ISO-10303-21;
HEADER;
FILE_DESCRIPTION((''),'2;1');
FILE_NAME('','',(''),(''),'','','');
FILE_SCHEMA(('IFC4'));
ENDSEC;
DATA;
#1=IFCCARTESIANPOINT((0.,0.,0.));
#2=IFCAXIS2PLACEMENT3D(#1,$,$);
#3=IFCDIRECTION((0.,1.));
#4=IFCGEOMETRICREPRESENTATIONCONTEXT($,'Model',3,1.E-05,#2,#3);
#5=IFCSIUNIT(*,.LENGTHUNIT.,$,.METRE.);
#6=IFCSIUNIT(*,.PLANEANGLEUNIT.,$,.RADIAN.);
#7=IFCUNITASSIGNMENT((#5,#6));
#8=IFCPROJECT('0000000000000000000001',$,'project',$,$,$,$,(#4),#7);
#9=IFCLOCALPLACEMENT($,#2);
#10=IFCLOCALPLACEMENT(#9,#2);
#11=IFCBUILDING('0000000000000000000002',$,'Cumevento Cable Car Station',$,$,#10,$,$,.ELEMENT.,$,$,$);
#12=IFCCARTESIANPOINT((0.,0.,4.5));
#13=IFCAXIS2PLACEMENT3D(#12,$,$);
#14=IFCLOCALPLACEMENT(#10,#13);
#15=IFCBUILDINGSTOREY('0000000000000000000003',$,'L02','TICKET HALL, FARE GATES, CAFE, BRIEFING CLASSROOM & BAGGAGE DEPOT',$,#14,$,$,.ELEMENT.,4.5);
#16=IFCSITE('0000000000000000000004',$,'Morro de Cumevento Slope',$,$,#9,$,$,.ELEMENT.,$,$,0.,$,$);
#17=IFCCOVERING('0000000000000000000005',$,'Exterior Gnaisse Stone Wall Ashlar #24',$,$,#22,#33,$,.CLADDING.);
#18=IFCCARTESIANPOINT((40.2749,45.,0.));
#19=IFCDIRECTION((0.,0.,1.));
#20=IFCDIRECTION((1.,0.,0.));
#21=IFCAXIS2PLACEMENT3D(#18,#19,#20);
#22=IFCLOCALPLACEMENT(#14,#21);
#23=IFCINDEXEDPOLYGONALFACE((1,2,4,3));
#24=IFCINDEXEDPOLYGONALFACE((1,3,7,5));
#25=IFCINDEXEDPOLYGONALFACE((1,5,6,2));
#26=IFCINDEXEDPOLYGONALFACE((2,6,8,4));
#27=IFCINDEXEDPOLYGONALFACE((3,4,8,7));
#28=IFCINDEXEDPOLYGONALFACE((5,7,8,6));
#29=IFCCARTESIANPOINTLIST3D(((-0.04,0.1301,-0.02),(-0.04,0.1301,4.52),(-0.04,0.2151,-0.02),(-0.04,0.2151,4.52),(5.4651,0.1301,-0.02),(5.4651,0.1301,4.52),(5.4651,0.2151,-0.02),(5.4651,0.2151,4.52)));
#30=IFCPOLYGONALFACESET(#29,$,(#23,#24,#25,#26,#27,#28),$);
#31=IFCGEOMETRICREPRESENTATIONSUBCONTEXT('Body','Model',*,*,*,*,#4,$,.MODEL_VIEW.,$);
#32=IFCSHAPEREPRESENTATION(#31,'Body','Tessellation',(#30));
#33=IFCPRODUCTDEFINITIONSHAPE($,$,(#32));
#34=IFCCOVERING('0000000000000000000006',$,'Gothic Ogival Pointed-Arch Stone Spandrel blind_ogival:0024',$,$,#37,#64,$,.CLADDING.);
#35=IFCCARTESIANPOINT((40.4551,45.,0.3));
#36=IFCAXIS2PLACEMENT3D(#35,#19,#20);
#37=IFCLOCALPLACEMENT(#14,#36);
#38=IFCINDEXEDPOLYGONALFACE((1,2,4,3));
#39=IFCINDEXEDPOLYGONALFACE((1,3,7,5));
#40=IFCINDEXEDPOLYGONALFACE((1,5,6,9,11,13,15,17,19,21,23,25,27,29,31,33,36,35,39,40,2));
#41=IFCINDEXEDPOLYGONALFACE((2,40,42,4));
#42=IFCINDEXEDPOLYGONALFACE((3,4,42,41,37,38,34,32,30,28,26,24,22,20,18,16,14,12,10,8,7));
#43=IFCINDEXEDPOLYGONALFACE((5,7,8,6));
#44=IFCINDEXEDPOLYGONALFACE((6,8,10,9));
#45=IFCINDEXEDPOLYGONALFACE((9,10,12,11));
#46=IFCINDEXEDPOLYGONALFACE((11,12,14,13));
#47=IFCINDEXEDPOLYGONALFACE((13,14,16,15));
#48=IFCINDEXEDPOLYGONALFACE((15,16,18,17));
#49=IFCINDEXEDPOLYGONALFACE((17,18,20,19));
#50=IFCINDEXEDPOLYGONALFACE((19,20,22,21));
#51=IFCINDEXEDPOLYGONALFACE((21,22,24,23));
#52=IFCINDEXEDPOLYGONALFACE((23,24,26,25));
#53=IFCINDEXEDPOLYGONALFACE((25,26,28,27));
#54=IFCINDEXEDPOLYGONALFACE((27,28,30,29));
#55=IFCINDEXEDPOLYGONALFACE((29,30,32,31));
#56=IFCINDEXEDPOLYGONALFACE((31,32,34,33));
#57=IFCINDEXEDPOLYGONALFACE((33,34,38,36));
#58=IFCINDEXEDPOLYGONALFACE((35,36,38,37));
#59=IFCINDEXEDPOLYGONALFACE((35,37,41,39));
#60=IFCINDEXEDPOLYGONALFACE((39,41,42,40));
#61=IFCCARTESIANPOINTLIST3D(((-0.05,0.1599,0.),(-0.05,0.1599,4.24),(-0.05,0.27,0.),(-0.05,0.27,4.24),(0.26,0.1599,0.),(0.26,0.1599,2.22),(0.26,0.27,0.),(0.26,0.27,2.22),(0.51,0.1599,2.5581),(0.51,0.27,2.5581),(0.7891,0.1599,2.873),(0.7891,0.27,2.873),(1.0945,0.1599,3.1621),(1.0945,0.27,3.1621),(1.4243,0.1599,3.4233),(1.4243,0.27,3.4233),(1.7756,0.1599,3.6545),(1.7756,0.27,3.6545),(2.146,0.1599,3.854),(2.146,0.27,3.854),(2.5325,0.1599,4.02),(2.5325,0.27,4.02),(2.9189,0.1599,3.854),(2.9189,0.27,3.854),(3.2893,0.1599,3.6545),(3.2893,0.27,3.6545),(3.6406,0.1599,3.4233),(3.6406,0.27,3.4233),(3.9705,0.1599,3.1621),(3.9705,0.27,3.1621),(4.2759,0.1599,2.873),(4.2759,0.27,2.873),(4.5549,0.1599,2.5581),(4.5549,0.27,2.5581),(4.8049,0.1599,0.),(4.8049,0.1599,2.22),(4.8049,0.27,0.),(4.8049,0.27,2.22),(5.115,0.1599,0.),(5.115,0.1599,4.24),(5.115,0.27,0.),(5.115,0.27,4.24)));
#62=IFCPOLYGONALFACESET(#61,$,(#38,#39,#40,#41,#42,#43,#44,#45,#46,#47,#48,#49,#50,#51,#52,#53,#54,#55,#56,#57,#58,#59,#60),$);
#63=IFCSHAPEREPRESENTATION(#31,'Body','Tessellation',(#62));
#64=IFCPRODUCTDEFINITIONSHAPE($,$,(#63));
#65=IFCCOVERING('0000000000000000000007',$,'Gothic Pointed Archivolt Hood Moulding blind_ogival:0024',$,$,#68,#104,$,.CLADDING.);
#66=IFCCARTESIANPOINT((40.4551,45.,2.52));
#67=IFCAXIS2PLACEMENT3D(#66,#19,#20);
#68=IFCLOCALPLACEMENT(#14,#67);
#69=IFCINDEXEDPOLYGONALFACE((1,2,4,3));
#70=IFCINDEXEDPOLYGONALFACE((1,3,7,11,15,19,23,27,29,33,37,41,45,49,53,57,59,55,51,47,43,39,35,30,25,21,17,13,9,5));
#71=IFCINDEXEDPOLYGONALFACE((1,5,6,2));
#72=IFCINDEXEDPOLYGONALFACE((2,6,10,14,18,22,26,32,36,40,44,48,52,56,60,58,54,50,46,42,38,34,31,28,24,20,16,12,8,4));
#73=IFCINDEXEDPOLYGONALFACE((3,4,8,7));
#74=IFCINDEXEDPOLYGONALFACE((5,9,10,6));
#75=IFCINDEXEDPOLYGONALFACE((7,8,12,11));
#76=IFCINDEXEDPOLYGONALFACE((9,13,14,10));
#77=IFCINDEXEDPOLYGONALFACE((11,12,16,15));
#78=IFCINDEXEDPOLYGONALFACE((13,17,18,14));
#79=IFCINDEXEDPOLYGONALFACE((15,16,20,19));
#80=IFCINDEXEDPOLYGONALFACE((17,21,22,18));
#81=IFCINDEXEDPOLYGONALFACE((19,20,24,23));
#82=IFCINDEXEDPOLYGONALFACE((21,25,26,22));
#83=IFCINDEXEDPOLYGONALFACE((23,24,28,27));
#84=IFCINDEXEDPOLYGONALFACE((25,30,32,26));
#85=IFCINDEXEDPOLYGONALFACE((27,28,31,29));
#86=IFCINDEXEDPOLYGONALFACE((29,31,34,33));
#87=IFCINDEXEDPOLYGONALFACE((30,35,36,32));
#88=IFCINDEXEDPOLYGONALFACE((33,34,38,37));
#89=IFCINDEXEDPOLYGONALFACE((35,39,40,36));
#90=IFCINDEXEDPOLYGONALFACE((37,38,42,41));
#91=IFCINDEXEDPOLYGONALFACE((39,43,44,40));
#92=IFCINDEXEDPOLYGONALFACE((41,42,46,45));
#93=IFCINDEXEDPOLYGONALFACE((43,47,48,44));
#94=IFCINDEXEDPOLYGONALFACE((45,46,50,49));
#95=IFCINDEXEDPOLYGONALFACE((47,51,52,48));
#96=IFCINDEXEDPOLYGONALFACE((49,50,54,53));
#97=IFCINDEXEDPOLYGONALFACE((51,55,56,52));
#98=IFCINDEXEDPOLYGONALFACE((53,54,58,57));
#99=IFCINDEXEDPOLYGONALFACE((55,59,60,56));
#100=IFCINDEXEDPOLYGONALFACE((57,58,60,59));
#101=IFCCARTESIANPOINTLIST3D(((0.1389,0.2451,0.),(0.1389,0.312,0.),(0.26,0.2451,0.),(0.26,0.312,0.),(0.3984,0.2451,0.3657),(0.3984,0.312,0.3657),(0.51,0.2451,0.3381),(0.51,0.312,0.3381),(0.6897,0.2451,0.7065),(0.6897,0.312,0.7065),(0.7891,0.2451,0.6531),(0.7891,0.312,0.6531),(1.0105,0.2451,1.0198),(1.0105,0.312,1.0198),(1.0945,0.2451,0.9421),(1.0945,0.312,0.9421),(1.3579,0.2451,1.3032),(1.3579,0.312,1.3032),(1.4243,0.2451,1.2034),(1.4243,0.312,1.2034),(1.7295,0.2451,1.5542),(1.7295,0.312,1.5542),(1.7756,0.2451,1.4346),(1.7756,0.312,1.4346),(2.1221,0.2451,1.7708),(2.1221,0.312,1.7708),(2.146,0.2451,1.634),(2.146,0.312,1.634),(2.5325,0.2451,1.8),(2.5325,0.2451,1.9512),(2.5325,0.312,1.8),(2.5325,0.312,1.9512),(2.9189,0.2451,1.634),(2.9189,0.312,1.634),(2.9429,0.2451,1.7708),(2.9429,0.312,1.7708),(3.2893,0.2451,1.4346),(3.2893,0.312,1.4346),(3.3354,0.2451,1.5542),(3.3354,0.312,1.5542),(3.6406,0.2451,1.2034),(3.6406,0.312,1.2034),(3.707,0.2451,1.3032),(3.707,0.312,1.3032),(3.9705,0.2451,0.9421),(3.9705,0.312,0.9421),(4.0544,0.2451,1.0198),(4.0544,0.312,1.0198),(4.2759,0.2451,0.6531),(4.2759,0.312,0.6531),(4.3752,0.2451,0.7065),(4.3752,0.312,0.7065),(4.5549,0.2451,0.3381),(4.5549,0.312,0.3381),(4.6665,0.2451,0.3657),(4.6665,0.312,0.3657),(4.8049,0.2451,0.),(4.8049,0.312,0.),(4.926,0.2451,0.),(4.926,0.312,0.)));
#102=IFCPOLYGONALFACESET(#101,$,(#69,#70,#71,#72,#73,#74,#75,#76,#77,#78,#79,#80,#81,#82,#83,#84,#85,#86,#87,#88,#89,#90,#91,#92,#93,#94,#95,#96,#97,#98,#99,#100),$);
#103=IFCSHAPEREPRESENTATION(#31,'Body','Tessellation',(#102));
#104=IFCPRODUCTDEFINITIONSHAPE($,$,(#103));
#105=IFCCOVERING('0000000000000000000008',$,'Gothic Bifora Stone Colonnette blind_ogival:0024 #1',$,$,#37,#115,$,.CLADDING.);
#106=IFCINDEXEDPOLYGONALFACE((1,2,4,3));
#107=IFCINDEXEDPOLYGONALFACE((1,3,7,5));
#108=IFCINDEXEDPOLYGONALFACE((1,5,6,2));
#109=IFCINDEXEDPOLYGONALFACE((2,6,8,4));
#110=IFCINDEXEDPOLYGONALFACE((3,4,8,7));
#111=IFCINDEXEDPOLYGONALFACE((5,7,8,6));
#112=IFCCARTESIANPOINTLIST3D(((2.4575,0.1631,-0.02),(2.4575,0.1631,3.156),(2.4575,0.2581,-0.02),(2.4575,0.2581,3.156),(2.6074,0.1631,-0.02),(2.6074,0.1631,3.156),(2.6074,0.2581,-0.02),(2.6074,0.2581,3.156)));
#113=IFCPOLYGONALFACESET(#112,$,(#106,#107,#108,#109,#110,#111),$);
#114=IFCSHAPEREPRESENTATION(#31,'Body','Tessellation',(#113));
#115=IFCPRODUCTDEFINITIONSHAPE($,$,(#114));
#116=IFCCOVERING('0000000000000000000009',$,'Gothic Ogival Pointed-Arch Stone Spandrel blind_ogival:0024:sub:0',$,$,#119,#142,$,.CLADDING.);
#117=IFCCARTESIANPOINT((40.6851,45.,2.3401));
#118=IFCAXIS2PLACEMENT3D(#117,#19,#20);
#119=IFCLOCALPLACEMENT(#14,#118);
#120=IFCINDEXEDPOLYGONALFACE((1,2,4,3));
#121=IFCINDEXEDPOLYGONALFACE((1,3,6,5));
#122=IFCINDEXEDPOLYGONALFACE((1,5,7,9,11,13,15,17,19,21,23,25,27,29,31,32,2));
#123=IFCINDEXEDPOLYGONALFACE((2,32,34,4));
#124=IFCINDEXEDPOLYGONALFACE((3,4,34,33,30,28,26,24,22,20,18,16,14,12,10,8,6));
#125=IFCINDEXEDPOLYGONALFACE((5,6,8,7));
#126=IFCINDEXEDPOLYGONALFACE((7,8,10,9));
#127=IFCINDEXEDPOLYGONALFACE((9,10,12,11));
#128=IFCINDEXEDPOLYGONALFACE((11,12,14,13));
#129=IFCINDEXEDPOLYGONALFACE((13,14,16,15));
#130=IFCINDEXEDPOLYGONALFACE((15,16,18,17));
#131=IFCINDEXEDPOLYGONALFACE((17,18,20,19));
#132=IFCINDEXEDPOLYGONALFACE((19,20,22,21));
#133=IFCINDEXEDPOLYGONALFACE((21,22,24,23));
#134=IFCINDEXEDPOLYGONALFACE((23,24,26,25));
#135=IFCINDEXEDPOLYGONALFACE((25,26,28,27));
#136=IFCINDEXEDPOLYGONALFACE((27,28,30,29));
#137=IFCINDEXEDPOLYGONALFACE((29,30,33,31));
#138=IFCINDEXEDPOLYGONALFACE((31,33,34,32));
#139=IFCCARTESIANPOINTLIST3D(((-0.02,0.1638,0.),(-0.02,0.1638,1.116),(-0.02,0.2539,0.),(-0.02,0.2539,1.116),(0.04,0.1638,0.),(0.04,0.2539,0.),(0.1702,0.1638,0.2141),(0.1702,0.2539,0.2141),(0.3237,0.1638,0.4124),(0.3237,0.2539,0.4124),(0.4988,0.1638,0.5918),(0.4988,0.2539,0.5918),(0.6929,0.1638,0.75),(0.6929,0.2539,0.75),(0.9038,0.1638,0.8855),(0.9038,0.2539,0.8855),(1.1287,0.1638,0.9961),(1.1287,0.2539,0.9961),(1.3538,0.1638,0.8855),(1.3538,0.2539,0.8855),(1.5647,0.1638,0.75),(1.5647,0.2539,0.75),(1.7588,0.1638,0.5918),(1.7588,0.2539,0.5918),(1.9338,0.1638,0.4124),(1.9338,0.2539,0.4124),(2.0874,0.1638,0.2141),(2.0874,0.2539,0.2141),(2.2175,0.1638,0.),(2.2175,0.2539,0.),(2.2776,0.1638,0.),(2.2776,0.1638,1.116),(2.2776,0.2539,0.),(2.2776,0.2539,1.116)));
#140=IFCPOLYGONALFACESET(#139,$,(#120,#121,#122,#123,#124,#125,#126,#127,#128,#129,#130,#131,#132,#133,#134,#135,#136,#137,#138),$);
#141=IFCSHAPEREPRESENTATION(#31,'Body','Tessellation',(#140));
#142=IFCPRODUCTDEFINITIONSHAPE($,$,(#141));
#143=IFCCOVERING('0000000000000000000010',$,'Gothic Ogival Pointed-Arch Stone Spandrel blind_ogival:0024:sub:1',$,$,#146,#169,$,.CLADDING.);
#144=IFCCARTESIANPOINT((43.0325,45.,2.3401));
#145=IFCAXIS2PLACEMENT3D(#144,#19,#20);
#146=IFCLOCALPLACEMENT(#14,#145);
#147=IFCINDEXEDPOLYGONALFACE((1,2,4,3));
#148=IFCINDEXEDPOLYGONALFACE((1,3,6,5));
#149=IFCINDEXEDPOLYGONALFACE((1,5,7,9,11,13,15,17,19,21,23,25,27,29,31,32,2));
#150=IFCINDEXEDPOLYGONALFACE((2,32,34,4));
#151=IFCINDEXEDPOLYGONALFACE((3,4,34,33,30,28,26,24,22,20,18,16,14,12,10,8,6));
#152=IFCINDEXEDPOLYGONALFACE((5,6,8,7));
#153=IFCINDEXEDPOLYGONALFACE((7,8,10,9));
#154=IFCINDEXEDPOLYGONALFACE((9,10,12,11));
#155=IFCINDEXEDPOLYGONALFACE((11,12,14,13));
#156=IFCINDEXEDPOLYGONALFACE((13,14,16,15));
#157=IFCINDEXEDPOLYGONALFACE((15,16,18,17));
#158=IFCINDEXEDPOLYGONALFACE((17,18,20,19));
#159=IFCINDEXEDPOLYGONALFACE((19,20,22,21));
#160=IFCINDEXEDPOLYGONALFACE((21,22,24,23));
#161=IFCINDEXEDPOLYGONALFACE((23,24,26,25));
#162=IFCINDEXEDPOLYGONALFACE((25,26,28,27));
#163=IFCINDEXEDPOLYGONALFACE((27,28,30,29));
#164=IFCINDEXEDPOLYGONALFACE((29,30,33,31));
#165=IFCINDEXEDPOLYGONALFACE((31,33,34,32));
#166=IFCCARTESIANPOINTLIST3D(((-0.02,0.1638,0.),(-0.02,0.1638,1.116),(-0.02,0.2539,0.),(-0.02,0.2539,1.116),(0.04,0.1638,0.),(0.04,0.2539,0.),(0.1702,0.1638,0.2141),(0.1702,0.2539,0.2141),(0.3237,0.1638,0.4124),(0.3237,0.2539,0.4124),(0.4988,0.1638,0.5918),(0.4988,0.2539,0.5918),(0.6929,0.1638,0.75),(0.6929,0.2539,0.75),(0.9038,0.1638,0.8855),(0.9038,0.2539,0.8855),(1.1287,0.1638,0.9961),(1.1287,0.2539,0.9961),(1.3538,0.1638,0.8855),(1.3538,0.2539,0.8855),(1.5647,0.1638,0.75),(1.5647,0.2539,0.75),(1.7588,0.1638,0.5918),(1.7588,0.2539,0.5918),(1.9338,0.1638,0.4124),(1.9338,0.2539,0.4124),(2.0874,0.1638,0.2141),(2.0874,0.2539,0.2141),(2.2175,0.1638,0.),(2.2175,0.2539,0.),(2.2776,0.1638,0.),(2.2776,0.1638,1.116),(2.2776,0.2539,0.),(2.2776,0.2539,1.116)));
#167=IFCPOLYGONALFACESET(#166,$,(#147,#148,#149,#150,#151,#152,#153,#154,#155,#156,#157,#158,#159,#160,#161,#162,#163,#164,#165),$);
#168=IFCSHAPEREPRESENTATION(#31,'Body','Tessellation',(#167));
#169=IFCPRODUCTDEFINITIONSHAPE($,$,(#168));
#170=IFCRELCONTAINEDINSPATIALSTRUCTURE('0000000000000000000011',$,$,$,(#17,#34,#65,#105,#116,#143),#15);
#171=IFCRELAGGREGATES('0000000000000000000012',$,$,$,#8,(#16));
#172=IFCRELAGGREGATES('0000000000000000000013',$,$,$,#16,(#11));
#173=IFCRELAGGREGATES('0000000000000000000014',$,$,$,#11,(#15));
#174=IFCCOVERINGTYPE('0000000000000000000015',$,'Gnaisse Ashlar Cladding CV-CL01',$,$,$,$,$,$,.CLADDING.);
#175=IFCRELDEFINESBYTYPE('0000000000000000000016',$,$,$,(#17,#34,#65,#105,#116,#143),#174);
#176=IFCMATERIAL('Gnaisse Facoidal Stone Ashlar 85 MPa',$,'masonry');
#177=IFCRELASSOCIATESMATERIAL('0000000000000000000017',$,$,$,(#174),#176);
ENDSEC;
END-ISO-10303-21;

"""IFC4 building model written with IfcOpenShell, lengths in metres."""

from ifc_helpers import new_model, si_unit, direction, frame, origin, place, context, subcontext, project, spatial, polyline, outline, extrude, material, type_object, element, save


model = new_model("IFC4")

# Units and contexts
model_context = context("Model", 3, precision=1e-05, world=origin(), true_north=direction((0.0, 1.0)))
body_context = subcontext(model_context, "Body", "Model", "MODEL_VIEW")
ifc_project = project(units=[si_unit("LENGTHUNIT", "METRE"), si_unit("PLANEANGLEUNIT", "RADIAN")], contexts=[model_context])

# Site, building, storey
site_placement = place(None, origin())
site = spatial("IfcSite", under=ifc_project, at=site_placement, Name="Morro de Cumevento Slope", CompositionType="ELEMENT", RefElevation=0.0)
building_placement = place(site_placement, origin())
building = spatial("IfcBuilding", under=site, at=building_placement, Name="Cumevento Cable Car Station", CompositionType="ELEMENT")
storey_placement = place(building_placement, frame((0.0, 0.0, 4.5)))
storey = spatial("IfcBuildingStorey", under=building, at=storey_placement, Name="L02", Description="TICKET HALL, FARE GATES, CAFE, BRIEFING CLASSROOM & BAGGAGE DEPOT", CompositionType="ELEMENT", Elevation=4.5)

# Coverings
ifc_material_1 = material(Name="Gnaisse Facoidal Stone Ashlar 85 MPa", Category="masonry")
covering_type = type_object("IfcCoveringType", Name="Gnaisse Ashlar Cladding CV-CL01", PredefinedType="CLADDING", material=ifc_material_1)
covering_1_placement = place(storey_placement, frame((40.2749, 45.0, 0.0), z_axis=(0.0, 0.0, 1.0), x_axis=(1.0, 0.0, 0.0)))
element("IfcCovering", 1, at=covering_1_placement, inside=storey, type_object=covering_type, Name="Exterior Gnaisse Stone Wall Ashlar #24", PredefinedType="CLADDING", context=body_context, shape_type="SweptSolid", body=[
    extrude(outline(polyline([(-0.04, -0.02), (5.4651, -0.02), (5.4651, 4.52), (-0.04, 4.52), (-0.04, -0.02)])), frame((0.0, 0.2151, 0.0), z_axis=(0.0, -1.0, 0.0), x_axis=(1.0, 0.0, 0.0)), (0.0, 0.0, 1.0), 0.085),
])
placement_1 = place(storey_placement, frame((40.4551, 45.0, 0.3), z_axis=(0.0, 0.0, 1.0), x_axis=(1.0, 0.0, 0.0)))
element("IfcCovering", 2, at=placement_1, inside=storey, type_object=covering_type, Name="Gothic Ogival Pointed-Arch Stone Spandrel blind_ogival:0024", PredefinedType="CLADDING", context=body_context, shape_type="SweptSolid", body=[
    extrude(outline(polyline([(-0.05, 0.0), (-0.05, 4.24), (5.115, 4.24), (5.115, 0.0), (4.8049, 0.0), (4.8049, 2.22), (4.5549, 2.5581), (4.2759, 2.873), (3.9705, 3.1621), (3.6406, 3.4233), (3.2893, 3.6545), (2.9189, 3.854), (2.5325, 4.02), (2.146, 3.854), (1.7756, 3.6545), (1.4243, 3.4233), (1.0945, 3.1621), (0.7891, 2.873), (0.51, 2.5581), (0.26, 2.22), (0.26, 0.0), (-0.05, 0.0)])), frame((0.0, 0.27, 0.0), z_axis=(0.0, -1.0, 0.0), x_axis=(1.0, 0.0, 0.0)), (0.0, 0.0, 1.0), 0.1101),
])
covering_2_placement = place(storey_placement, frame((40.4551, 45.0, 2.52), z_axis=(0.0, 0.0, 1.0), x_axis=(1.0, 0.0, 0.0)))
element("IfcCovering", 3, at=covering_2_placement, inside=storey, type_object=covering_type, Name="Gothic Pointed Archivolt Hood Moulding blind_ogival:0024", PredefinedType="CLADDING", context=body_context, shape_type="SweptSolid", body=[
    extrude(outline(polyline([(0.26, 0.0), (0.51, 0.3381), (0.7891, 0.6531), (1.0945, 0.9421), (1.4243, 1.2034), (1.7756, 1.4346), (2.146, 1.634), (2.5325, 1.8), (2.9189, 1.634), (3.2893, 1.4346), (3.6406, 1.2034), (3.9705, 0.9421), (4.2759, 0.6531), (4.5549, 0.3381), (4.8049, 0.0), (4.926, 0.0), (4.6665, 0.3657), (4.3752, 0.7065), (4.0544, 1.0198), (3.707, 1.3032), (3.3354, 1.5542), (2.9429, 1.7708), (2.5325, 1.9512), (2.1221, 1.7708), (1.7295, 1.5542), (1.3579, 1.3032), (1.0105, 1.0198), (0.6897, 0.7065), (0.3984, 0.3657), (0.1389, 0.0), (0.26, 0.0)])), frame((0.0, 0.312, 0.0), z_axis=(0.0, -1.0, 0.0), x_axis=(1.0, 0.0, 0.0)), (0.0, 0.0, 1.0), 0.0669),
])
element("IfcCovering", 4, at=placement_1, inside=storey, type_object=covering_type, Name="Gothic Bifora Stone Colonnette blind_ogival:0024 #1", PredefinedType="CLADDING", context=body_context, shape_type="SweptSolid", body=[
    extrude(outline(polyline([(2.4575, -0.02), (2.6074, -0.02), (2.6074, 3.156), (2.4575, 3.156), (2.4575, -0.02)])), frame((0.0, 0.2581, 0.0), z_axis=(0.0, -1.0, 0.0), x_axis=(1.0, 0.0, 0.0)), (0.0, 0.0, 1.0), 0.095),
])
for number, where, z_axis, x_axis, name in (
    (5, (40.6851, 45.0, 2.3401), (0.0, 0.0, 1.0), (1.0, 0.0, 0.0), "Gothic Ogival Pointed-Arch Stone Spandrel blind_ogival:0024:sub:0"),
    (6, (43.0325, 45.0, 2.3401), (0.0, 0.0, 1.0), (1.0, 0.0, 0.0), "Gothic Ogival Pointed-Arch Stone Spandrel blind_ogival:0024:sub:1"),
):
    element("IfcCovering", number, at=place(storey_placement, frame(where, z_axis=z_axis, x_axis=x_axis)), inside=storey, type_object=covering_type, Name=name, PredefinedType="CLADDING", context=body_context, shape_type="SweptSolid", body=[
        extrude(outline(polyline([(-0.02, 0.0), (-0.02, 1.116), (2.2776, 1.116), (2.2776, 0.0), (2.2175, 0.0), (2.0874, 0.2141), (1.9338, 0.4124), (1.7588, 0.5918), (1.5647, 0.75), (1.3538, 0.8855), (1.1287, 0.9961), (0.9038, 0.8855), (0.6929, 0.75), (0.4988, 0.5918), (0.3237, 0.4124), (0.1702, 0.2141), (0.04, 0.0), (-0.02, 0.0)])), frame((0.0, 0.2539, 0.0), z_axis=(0.0, -1.0, 0.0), x_axis=(1.0, 0.0, 0.0)), (0.0, 0.0, 1.0), 0.0901),
    ])

save(model, "model.ifc")
